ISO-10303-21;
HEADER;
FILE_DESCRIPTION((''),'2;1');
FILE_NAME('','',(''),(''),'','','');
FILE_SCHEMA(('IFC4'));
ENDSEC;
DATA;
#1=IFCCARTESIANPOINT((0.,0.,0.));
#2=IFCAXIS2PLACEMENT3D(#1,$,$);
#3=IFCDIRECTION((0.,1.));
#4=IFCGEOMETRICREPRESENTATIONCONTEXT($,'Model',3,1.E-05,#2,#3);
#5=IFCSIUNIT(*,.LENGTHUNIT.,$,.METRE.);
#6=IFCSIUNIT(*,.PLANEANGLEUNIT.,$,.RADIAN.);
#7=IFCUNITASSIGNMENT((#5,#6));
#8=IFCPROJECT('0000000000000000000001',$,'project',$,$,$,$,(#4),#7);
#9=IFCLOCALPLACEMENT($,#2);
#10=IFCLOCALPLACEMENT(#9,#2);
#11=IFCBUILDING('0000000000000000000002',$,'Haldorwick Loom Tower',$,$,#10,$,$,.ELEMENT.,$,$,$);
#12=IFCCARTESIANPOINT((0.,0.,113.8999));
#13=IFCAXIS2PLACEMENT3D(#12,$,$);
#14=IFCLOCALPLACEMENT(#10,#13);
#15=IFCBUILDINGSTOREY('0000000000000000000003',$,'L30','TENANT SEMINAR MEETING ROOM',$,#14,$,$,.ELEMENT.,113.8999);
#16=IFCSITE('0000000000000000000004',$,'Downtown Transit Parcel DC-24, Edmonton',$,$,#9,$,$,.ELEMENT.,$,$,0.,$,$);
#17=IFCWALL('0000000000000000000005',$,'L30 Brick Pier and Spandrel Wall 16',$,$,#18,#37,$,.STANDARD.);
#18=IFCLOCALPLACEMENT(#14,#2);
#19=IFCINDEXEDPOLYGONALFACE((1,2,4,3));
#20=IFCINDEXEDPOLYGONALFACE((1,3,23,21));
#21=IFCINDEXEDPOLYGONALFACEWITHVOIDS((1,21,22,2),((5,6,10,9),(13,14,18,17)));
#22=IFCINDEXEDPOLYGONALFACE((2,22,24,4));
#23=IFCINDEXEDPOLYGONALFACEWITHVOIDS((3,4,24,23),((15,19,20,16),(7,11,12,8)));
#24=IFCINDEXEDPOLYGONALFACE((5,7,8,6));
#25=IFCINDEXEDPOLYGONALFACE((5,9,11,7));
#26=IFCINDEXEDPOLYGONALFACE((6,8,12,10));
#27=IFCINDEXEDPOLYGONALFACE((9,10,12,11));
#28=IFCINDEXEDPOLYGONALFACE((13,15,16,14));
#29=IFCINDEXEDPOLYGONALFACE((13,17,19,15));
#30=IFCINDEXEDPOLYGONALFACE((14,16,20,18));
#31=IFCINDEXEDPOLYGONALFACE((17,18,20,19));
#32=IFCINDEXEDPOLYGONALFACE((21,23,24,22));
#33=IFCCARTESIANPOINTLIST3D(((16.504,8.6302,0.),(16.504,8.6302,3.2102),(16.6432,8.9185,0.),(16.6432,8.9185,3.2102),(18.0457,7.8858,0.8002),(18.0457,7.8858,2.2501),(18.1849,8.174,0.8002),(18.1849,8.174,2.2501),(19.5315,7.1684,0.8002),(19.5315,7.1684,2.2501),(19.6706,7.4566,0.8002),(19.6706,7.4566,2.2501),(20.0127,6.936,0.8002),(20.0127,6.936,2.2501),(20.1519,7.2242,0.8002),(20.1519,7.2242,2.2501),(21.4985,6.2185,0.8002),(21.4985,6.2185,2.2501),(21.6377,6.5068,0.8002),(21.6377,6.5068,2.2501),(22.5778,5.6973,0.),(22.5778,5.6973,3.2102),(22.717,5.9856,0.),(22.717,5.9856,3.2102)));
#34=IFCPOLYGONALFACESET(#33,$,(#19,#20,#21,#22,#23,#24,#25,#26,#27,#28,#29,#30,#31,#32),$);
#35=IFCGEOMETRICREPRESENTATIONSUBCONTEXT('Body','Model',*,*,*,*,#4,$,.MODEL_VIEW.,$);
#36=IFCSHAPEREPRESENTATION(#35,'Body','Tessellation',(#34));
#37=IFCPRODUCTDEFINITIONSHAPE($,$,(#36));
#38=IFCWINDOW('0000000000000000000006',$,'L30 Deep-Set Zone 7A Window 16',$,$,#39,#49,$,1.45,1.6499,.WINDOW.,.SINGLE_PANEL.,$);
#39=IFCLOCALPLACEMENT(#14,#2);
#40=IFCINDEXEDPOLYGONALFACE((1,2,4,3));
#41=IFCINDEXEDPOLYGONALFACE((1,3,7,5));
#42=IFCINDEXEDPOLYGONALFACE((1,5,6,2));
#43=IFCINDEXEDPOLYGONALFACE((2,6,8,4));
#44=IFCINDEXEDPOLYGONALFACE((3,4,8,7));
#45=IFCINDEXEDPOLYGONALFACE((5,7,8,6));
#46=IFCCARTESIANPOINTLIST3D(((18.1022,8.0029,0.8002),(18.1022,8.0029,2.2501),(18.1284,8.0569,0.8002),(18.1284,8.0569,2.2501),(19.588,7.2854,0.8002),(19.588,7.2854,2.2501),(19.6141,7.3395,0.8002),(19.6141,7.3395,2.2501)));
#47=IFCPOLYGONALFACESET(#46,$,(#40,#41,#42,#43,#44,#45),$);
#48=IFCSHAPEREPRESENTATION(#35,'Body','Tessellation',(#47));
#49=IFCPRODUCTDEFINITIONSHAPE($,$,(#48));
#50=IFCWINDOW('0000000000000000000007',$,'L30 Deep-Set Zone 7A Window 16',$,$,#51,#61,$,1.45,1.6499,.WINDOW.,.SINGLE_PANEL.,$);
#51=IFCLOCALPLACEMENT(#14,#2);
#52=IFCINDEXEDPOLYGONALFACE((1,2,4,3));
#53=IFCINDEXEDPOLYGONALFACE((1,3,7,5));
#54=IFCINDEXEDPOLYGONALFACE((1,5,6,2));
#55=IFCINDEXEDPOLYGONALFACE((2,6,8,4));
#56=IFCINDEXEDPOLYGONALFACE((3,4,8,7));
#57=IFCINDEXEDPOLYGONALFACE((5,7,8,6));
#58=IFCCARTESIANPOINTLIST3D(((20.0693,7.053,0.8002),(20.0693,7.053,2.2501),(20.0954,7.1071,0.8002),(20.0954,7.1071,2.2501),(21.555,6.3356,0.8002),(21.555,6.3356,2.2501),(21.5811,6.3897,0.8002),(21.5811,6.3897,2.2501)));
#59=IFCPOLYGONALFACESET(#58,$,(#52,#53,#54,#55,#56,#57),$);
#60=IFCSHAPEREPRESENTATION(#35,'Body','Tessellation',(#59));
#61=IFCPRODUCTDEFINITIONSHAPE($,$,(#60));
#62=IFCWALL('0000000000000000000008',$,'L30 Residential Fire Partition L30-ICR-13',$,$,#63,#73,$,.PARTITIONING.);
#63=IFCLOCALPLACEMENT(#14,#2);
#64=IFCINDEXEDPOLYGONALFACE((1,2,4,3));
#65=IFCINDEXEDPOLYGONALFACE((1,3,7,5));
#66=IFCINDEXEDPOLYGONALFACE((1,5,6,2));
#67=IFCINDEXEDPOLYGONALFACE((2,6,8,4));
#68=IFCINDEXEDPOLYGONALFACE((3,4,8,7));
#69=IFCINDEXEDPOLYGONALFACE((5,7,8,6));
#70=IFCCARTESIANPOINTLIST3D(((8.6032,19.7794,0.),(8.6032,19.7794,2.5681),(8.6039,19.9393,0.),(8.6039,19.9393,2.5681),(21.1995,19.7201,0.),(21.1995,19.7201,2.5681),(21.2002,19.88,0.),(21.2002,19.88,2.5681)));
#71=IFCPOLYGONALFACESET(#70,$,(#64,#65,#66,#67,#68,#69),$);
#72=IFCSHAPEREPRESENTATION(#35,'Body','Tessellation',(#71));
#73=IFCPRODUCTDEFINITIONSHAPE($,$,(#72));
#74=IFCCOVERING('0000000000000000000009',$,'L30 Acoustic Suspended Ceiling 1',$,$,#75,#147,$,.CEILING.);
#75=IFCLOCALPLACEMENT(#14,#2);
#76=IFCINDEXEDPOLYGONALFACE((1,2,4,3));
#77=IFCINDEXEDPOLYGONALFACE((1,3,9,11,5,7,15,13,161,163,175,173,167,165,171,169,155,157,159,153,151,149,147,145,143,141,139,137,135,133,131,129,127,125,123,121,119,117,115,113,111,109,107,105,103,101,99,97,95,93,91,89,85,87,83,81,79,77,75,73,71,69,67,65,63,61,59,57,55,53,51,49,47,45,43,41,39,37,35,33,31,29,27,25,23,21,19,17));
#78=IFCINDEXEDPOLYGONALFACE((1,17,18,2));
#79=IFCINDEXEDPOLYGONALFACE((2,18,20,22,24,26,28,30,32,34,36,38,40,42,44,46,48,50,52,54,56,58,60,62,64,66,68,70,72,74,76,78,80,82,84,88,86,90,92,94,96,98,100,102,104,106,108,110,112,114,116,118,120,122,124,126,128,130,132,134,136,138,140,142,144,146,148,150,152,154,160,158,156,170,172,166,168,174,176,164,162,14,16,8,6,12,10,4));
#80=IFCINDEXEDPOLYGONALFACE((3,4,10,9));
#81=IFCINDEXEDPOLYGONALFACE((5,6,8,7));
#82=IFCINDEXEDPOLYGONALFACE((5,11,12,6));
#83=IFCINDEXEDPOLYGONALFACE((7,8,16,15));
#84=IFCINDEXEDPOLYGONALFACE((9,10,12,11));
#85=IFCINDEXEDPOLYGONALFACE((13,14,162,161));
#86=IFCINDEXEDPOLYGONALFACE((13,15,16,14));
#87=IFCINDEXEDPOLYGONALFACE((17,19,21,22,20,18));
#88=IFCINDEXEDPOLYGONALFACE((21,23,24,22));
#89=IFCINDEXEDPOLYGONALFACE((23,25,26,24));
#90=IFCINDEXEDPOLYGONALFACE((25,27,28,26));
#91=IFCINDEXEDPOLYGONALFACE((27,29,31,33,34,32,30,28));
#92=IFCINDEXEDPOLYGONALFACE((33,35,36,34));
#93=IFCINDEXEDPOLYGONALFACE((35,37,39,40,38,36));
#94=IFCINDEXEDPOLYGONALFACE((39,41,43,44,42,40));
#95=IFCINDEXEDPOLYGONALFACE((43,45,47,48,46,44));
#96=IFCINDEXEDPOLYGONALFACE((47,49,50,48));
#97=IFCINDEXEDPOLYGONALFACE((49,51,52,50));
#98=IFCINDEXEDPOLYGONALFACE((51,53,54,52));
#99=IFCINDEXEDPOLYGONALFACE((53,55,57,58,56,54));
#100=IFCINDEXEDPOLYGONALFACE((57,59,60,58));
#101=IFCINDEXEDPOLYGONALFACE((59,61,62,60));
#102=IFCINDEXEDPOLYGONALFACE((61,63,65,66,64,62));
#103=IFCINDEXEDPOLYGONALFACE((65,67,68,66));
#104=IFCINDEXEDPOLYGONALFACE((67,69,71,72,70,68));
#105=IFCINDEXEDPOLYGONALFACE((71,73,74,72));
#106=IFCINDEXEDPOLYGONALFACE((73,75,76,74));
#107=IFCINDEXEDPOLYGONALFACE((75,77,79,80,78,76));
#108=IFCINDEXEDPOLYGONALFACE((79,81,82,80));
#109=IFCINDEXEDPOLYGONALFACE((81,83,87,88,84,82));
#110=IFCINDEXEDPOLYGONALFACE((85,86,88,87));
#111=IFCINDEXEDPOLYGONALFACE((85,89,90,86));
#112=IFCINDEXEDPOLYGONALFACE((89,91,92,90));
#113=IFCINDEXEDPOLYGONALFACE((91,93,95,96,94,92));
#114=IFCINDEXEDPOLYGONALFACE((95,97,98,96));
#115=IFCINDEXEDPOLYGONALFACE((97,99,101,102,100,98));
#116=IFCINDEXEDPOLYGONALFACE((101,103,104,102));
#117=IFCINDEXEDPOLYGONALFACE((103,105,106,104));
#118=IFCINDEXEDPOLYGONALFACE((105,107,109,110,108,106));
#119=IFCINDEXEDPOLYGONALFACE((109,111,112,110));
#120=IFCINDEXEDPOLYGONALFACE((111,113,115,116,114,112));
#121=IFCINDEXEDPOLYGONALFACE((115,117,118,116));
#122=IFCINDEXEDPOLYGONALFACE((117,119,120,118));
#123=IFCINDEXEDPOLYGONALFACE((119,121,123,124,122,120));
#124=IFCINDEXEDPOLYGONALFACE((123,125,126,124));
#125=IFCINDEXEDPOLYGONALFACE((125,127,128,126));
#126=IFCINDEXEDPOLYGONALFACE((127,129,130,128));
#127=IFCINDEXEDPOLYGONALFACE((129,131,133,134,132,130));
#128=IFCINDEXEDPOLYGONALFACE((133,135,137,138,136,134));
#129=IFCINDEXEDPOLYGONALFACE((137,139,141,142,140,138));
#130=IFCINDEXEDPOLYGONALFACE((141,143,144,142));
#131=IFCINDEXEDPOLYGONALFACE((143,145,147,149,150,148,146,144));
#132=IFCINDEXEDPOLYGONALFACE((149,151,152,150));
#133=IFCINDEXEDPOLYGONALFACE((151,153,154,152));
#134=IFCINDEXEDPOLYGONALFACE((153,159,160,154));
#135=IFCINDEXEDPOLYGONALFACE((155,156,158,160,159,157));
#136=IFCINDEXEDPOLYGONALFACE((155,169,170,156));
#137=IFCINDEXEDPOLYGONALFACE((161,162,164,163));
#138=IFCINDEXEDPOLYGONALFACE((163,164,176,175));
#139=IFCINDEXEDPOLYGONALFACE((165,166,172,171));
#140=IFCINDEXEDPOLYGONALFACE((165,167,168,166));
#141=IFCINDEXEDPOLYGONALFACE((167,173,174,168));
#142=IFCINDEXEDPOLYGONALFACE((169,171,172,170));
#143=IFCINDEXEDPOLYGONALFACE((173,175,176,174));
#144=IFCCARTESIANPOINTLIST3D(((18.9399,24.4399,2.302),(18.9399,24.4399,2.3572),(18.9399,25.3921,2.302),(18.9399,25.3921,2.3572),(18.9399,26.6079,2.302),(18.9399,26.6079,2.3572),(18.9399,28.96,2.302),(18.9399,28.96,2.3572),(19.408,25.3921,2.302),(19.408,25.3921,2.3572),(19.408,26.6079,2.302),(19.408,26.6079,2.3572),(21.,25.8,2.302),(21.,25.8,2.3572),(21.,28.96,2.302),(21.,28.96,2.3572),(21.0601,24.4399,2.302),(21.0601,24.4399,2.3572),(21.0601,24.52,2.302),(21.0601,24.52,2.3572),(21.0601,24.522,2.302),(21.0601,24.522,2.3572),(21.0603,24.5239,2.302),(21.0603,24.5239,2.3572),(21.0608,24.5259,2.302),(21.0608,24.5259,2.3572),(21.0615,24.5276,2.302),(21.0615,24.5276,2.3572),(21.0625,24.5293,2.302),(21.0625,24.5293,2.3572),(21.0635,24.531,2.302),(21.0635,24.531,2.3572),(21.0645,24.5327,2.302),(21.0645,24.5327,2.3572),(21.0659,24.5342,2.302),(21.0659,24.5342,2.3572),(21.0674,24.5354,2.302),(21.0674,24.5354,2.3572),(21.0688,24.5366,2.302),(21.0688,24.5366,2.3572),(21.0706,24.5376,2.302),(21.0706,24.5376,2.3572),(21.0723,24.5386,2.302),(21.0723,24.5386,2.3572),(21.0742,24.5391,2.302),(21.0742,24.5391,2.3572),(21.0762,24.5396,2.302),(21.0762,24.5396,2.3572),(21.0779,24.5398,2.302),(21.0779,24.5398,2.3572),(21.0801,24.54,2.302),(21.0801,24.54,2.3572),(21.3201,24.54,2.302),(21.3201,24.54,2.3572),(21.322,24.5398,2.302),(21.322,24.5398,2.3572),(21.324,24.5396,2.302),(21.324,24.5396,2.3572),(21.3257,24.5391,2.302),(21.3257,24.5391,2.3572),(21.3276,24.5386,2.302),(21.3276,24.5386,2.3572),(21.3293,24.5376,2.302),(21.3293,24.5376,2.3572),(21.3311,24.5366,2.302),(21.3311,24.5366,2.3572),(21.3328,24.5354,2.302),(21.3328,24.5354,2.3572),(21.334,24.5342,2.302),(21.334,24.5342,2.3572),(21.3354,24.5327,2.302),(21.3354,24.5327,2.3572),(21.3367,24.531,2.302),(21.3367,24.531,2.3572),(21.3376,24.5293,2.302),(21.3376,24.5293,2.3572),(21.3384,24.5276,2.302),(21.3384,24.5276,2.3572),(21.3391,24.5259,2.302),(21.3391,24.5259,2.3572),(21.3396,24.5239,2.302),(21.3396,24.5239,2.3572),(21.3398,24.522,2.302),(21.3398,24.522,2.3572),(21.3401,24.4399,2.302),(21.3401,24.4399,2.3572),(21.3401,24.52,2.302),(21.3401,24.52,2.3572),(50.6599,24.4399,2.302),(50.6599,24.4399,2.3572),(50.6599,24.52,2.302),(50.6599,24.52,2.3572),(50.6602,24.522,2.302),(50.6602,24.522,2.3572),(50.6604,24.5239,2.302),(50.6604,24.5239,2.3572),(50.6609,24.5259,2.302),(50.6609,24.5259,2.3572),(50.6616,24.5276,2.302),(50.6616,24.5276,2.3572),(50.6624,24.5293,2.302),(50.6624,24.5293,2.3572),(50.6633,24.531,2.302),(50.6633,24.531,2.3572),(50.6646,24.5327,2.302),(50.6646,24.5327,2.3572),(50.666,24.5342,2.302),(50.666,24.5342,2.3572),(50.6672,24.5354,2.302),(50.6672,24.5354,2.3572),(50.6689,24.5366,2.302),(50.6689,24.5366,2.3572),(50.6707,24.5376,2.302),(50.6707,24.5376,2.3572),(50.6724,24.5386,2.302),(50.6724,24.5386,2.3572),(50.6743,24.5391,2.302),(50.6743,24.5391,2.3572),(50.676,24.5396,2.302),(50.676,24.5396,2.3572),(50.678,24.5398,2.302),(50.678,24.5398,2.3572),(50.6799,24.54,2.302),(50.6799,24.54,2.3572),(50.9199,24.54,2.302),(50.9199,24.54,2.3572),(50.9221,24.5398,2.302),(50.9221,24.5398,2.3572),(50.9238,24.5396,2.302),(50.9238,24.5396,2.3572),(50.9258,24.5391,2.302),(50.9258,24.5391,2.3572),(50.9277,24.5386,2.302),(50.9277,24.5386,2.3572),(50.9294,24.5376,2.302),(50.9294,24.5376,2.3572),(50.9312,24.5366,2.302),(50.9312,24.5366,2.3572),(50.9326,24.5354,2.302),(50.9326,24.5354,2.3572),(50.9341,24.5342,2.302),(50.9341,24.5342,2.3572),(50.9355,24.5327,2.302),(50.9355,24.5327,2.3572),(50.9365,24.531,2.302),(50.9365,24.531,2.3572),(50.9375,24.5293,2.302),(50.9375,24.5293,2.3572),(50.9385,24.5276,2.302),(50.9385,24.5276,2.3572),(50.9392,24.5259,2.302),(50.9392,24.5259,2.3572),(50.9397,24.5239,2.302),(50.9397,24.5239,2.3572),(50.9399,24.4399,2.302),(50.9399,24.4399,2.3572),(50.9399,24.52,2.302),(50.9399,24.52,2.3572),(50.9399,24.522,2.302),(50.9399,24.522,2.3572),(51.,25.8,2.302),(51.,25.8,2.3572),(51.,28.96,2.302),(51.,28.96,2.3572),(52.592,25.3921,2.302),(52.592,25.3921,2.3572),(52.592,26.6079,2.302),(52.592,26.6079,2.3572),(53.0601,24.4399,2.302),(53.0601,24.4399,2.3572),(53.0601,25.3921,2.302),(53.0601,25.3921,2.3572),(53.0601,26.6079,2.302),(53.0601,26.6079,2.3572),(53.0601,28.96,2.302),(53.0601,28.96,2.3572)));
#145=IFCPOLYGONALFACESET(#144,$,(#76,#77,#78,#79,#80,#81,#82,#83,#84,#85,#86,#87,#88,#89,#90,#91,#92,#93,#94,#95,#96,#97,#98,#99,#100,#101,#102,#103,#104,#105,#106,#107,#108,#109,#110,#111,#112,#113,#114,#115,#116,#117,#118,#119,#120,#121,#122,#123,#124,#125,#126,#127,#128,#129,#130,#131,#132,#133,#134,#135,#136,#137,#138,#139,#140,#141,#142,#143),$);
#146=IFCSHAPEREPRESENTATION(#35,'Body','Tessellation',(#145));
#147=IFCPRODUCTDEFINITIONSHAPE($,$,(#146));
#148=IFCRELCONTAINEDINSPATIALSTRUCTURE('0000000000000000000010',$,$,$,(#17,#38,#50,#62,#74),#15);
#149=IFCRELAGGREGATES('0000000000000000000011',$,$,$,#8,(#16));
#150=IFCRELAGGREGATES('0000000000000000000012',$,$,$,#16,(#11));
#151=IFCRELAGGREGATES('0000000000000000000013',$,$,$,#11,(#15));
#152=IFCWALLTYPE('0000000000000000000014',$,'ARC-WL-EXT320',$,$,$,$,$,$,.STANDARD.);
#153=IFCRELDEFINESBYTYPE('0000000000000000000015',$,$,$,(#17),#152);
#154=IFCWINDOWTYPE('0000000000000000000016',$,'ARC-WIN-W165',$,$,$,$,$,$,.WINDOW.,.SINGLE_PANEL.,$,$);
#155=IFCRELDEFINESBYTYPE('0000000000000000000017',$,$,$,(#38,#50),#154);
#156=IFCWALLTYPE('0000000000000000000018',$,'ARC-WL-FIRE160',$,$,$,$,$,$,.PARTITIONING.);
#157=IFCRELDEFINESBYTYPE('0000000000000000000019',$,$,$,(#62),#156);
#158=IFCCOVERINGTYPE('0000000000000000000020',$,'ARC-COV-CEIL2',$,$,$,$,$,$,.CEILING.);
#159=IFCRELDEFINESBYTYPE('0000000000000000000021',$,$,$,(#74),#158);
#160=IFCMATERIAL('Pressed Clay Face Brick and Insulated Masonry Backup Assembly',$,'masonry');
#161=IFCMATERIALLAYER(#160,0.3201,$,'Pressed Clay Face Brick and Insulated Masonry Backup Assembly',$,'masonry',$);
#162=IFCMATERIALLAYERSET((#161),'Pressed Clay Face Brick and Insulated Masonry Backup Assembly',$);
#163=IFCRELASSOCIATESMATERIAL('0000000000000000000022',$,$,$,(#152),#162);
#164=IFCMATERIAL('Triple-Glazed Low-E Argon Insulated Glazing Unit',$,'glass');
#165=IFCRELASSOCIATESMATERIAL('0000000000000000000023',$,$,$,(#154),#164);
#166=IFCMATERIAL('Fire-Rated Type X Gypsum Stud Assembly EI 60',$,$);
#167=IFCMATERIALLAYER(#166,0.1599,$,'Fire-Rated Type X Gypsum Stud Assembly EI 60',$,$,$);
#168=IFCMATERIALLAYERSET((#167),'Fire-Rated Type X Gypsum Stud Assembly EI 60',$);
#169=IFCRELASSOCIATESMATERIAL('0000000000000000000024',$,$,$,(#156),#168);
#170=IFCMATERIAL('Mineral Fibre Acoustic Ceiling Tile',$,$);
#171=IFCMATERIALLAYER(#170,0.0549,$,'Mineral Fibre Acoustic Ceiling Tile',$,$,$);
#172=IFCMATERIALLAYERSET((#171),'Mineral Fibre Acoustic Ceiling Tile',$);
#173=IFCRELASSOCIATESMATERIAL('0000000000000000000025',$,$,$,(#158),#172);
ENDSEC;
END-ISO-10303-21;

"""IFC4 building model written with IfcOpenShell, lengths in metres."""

from ifc_helpers import new_model, si_unit, direction, frame, frame_2d, origin, place, context, subcontext, project, spatial, polyline, rectangle, outline, extrude, material, layer, layer_set, type_object, element, fill, save


model = new_model("IFC4")

# Units and contexts
model_context = context("Model", 3, precision=1e-05, world=origin(), true_north=direction((0.0, 1.0)))
body_context = subcontext(model_context, "Body", "Model", "MODEL_VIEW")
ifc_project = project(units=[si_unit("LENGTHUNIT", "METRE"), si_unit("PLANEANGLEUNIT", "RADIAN")], contexts=[model_context])

# Site, building, storey
site_placement = place(None, origin())
site = spatial("IfcSite", under=ifc_project, at=site_placement, Name="Downtown Transit Parcel DC-24, Edmonton", CompositionType="ELEMENT", RefElevation=0.0)
building_placement = place(site_placement, origin())
building = spatial("IfcBuilding", under=site, at=building_placement, Name="Haldorwick Loom Tower", CompositionType="ELEMENT")
storey_placement = place(building_placement, frame((0.0, 0.0, 113.8999)))
storey = spatial("IfcBuildingStorey", under=building, at=storey_placement, Name="L30", Description="TENANT SEMINAR MEETING ROOM", CompositionType="ELEMENT", Elevation=113.8999)

# Shared definitions
ifc_material_1 = material(Name="Pressed Clay Face Brick and Insulated Masonry Backup Assembly", Category="masonry")
ifc_layer_1 = layer(ifc_material_1, 0.3201, Name="Pressed Clay Face Brick and Insulated Masonry Backup Assembly", Category="masonry")
ifc_layer_set_1 = layer_set([ifc_layer_1], Name="Pressed Clay Face Brick and Insulated Masonry Backup Assembly")
wall_type_1 = type_object("IfcWallType", Name="ARC-WL-EXT320", PredefinedType="STANDARD", material=ifc_layer_set_1)

# Wall, openings, windows
wall_1_placement = place(storey_placement, frame((16.5735, 8.7744, 0.0), z_axis=(0.0, 0.0, 1.0), x_axis=(0.90051, -0.434835, 0.0)))
wall_1 = element("IfcWall", 1, at=wall_1_placement, inside=storey, type_object=wall_type_1, Name="L30 Brick Pier and Spandrel Wall 16", PredefinedType="STANDARD", context=body_context, shape_type="SweptSolid", body=[
    extrude(rectangle(XDim=6.7449, YDim=0.3201, at=frame_2d((3.3726, 0.0))), origin(), (0.0, 0.0, 1.0), 3.2102),
])
opening_1_placement = place(wall_1_placement, frame((1.7122, 0.0, 0.8)))
opening_1 = element("IfcOpeningElement", 2, at=opening_1_placement, cuts=wall_1, PredefinedType="OPENING", context=body_context, shape_type="SweptSolid", body=[
    extrude(rectangle(XDim=1.6499, YDim=1.45, at=frame_2d((0.825, 0.7251))), frame((0.0, 0.1699, 0.0), z_axis=(0.0, -1.0, 0.0), x_axis=(1.0, 0.0, 0.0)), (0.0, 0.0, 1.0), 0.3401),
])
opening_2_placement = place(wall_1_placement, frame((3.8965, 0.0, 0.8)))
opening_2 = element("IfcOpeningElement", 3, at=opening_2_placement, cuts=wall_1, PredefinedType="OPENING", context=body_context, shape_type="SweptSolid", body=[
    extrude(rectangle(XDim=1.6499, YDim=1.45, at=frame_2d((0.825, 0.7251))), frame((0.0, 0.1699, 0.0), z_axis=(0.0, -1.0, 0.0), x_axis=(1.0, 0.0, 0.0)), (0.0, 0.0, 1.0), 0.3401),
])
ifc_material_2 = material(Name="Triple-Glazed Low-E Argon Insulated Glazing Unit", Category="glass")
window_type = type_object("IfcWindowType", Name="ARC-WIN-W165", PartitioningType="SINGLE_PANEL", PredefinedType="WINDOW", material=ifc_material_2)
window_1_placement = place(opening_1_placement, origin())
window_1 = element("IfcWindow", 4, at=window_1_placement, inside=storey, type_object=window_type, Name="L30 Deep-Set Zone 7A Window 16", OverallHeight=1.45, OverallWidth=1.6499, PartitioningType="SINGLE_PANEL", PredefinedType="WINDOW", context=body_context, shape_type="SweptSolid", body=[
    extrude(rectangle(XDim=1.6499, YDim=1.45, at=frame_2d((0.825, 0.7251))), frame((0.0, 0.03, 0.0), z_axis=(0.0, -1.0, 0.0), x_axis=(1.0, 0.0, 0.0)), (0.0, 0.0, 1.0), 0.0601),
])
fill(opening_1, window_1)
window_2_placement = place(opening_2_placement, origin())
window_2 = element("IfcWindow", 5, at=window_2_placement, inside=storey, type_object=window_type, Name="L30 Deep-Set Zone 7A Window 16", OverallHeight=1.45, OverallWidth=1.6499, PartitioningType="SINGLE_PANEL", PredefinedType="WINDOW", context=body_context, shape_type="SweptSolid", body=[
    extrude(rectangle(XDim=1.6499, YDim=1.45, at=frame_2d((0.825, 0.7251))), frame((0.0, 0.03, 0.0), z_axis=(0.0, -1.0, 0.0), x_axis=(1.0, 0.0, 0.0)), (0.0, 0.0, 1.0), 0.0601),
])
fill(opening_2, window_2)

# Wall
ifc_material_3 = material(Name="Fire-Rated Type X Gypsum Stud Assembly EI 60")
ifc_layer_2 = layer(ifc_material_3, 0.1599, Name="Fire-Rated Type X Gypsum Stud Assembly EI 60")
ifc_layer_set_2 = layer_set([ifc_layer_2], Name="Fire-Rated Type X Gypsum Stud Assembly EI 60")
wall_type_2 = type_object("IfcWallType", Name="ARC-WL-FIRE160", PredefinedType="PARTITIONING", material=ifc_layer_set_2)
wall_2_placement = place(storey_placement, frame((21.2, 19.8, 0.0), z_axis=(0.0, 0.0, 1.0), x_axis=(-0.999989, 0.00471, 0.0)))
element("IfcWall", 6, at=wall_2_placement, inside=storey, type_object=wall_type_2, Name="L30 Residential Fire Partition L30-ICR-13", PredefinedType="PARTITIONING", context=body_context, shape_type="SweptSolid", body=[
    extrude(rectangle(XDim=12.5964, YDim=0.1599, at=frame_2d((6.2983, 0.0))), origin(), (0.0, 0.0, 1.0), 2.5681),
])

# Covering
ifc_material_4 = material(Name="Mineral Fibre Acoustic Ceiling Tile")
ifc_layer_3 = layer(ifc_material_4, 0.0549, Name="Mineral Fibre Acoustic Ceiling Tile")
ifc_layer_set_3 = layer_set([ifc_layer_3], Name="Mineral Fibre Acoustic Ceiling Tile")
covering_type_1 = type_object("IfcCoveringType", Name="ARC-COV-CEIL2", PredefinedType="CEILING", material=ifc_layer_set_3)
covering_1_placement = place(storey_placement, frame((0.0, 0.0, 2.302)))
element("IfcCovering", 7, at=covering_1_placement, inside=storey, type_object=covering_type_1, Name="L30 Acoustic Suspended Ceiling 1", PredefinedType="CEILING", context=body_context, shape_type="SweptSolid", body=[
    extrude(outline(polyline([(21.3201, 24.54), (21.322, 24.5398), (21.324, 24.5396), (21.3257, 24.5391), (21.3276, 24.5386), (21.3293, 24.5376), (21.3311, 24.5366), (21.3328, 24.5354), (21.334, 24.5342), (21.3354, 24.5327), (21.3367, 24.531), (21.3376, 24.5293), (21.3384, 24.5276), (21.3391, 24.5259), (21.3396, 24.5239), (21.3398, 24.522), (21.3401, 24.52), (21.3401, 24.4399), (50.6599, 24.4399), (50.6599, 24.52), (50.6602, 24.522), (50.6604, 24.5239), (50.6609, 24.5259), (50.6616, 24.5276), (50.6624, 24.5293), (50.6633, 24.531), (50.6646, 24.5327), (50.666, 24.5342), (50.6672, 24.5354), (50.6689, 24.5366), (50.6707, 24.5376), (50.6724, 24.5386), (50.6743, 24.5391), (50.676, 24.5396), (50.678, 24.5398), (50.6799, 24.54), (50.9199, 24.54), (50.9221, 24.5398), (50.9238, 24.5396), (50.9258, 24.5391), (50.9277, 24.5386), (50.9294, 24.5376), (50.9312, 24.5366), (50.9326, 24.5354), (50.9341, 24.5342), (50.9355, 24.5327), (50.9365, 24.531), (50.9375, 24.5293), (50.9385, 24.5276), (50.9392, 24.5259), (50.9397, 24.5239), (50.9399, 24.522), (50.9399, 24.52), (50.9399, 24.4399), (53.0601, 24.4399), (53.0601, 25.3921), (52.592, 25.3921), (52.592, 26.6079), (53.0601, 26.6079), (53.0601, 28.96), (51.0, 28.96), (51.0, 25.8), (21.0, 25.8), (21.0, 28.96), (18.9399, 28.96), (18.9399, 26.6079), (19.408, 26.6079), (19.408, 25.3921), (18.9399, 25.3921), (18.9399, 24.4399), (21.0601, 24.4399), (21.0601, 24.52), (21.0601, 24.522), (21.0603, 24.5239), (21.0608, 24.5259), (21.0615, 24.5276), (21.0625, 24.5293), (21.0635, 24.531), (21.0645, 24.5327), (21.0659, 24.5342), (21.0674, 24.5354), (21.0688, 24.5366), (21.0706, 24.5376), (21.0723, 24.5386), (21.0742, 24.5391), (21.0762, 24.5396), (21.0779, 24.5398), (21.0801, 24.54), (21.3201, 24.54)])), origin(), (0.0, 0.0, 1.0), 0.0552),
])

save(model, "model.ifc")
